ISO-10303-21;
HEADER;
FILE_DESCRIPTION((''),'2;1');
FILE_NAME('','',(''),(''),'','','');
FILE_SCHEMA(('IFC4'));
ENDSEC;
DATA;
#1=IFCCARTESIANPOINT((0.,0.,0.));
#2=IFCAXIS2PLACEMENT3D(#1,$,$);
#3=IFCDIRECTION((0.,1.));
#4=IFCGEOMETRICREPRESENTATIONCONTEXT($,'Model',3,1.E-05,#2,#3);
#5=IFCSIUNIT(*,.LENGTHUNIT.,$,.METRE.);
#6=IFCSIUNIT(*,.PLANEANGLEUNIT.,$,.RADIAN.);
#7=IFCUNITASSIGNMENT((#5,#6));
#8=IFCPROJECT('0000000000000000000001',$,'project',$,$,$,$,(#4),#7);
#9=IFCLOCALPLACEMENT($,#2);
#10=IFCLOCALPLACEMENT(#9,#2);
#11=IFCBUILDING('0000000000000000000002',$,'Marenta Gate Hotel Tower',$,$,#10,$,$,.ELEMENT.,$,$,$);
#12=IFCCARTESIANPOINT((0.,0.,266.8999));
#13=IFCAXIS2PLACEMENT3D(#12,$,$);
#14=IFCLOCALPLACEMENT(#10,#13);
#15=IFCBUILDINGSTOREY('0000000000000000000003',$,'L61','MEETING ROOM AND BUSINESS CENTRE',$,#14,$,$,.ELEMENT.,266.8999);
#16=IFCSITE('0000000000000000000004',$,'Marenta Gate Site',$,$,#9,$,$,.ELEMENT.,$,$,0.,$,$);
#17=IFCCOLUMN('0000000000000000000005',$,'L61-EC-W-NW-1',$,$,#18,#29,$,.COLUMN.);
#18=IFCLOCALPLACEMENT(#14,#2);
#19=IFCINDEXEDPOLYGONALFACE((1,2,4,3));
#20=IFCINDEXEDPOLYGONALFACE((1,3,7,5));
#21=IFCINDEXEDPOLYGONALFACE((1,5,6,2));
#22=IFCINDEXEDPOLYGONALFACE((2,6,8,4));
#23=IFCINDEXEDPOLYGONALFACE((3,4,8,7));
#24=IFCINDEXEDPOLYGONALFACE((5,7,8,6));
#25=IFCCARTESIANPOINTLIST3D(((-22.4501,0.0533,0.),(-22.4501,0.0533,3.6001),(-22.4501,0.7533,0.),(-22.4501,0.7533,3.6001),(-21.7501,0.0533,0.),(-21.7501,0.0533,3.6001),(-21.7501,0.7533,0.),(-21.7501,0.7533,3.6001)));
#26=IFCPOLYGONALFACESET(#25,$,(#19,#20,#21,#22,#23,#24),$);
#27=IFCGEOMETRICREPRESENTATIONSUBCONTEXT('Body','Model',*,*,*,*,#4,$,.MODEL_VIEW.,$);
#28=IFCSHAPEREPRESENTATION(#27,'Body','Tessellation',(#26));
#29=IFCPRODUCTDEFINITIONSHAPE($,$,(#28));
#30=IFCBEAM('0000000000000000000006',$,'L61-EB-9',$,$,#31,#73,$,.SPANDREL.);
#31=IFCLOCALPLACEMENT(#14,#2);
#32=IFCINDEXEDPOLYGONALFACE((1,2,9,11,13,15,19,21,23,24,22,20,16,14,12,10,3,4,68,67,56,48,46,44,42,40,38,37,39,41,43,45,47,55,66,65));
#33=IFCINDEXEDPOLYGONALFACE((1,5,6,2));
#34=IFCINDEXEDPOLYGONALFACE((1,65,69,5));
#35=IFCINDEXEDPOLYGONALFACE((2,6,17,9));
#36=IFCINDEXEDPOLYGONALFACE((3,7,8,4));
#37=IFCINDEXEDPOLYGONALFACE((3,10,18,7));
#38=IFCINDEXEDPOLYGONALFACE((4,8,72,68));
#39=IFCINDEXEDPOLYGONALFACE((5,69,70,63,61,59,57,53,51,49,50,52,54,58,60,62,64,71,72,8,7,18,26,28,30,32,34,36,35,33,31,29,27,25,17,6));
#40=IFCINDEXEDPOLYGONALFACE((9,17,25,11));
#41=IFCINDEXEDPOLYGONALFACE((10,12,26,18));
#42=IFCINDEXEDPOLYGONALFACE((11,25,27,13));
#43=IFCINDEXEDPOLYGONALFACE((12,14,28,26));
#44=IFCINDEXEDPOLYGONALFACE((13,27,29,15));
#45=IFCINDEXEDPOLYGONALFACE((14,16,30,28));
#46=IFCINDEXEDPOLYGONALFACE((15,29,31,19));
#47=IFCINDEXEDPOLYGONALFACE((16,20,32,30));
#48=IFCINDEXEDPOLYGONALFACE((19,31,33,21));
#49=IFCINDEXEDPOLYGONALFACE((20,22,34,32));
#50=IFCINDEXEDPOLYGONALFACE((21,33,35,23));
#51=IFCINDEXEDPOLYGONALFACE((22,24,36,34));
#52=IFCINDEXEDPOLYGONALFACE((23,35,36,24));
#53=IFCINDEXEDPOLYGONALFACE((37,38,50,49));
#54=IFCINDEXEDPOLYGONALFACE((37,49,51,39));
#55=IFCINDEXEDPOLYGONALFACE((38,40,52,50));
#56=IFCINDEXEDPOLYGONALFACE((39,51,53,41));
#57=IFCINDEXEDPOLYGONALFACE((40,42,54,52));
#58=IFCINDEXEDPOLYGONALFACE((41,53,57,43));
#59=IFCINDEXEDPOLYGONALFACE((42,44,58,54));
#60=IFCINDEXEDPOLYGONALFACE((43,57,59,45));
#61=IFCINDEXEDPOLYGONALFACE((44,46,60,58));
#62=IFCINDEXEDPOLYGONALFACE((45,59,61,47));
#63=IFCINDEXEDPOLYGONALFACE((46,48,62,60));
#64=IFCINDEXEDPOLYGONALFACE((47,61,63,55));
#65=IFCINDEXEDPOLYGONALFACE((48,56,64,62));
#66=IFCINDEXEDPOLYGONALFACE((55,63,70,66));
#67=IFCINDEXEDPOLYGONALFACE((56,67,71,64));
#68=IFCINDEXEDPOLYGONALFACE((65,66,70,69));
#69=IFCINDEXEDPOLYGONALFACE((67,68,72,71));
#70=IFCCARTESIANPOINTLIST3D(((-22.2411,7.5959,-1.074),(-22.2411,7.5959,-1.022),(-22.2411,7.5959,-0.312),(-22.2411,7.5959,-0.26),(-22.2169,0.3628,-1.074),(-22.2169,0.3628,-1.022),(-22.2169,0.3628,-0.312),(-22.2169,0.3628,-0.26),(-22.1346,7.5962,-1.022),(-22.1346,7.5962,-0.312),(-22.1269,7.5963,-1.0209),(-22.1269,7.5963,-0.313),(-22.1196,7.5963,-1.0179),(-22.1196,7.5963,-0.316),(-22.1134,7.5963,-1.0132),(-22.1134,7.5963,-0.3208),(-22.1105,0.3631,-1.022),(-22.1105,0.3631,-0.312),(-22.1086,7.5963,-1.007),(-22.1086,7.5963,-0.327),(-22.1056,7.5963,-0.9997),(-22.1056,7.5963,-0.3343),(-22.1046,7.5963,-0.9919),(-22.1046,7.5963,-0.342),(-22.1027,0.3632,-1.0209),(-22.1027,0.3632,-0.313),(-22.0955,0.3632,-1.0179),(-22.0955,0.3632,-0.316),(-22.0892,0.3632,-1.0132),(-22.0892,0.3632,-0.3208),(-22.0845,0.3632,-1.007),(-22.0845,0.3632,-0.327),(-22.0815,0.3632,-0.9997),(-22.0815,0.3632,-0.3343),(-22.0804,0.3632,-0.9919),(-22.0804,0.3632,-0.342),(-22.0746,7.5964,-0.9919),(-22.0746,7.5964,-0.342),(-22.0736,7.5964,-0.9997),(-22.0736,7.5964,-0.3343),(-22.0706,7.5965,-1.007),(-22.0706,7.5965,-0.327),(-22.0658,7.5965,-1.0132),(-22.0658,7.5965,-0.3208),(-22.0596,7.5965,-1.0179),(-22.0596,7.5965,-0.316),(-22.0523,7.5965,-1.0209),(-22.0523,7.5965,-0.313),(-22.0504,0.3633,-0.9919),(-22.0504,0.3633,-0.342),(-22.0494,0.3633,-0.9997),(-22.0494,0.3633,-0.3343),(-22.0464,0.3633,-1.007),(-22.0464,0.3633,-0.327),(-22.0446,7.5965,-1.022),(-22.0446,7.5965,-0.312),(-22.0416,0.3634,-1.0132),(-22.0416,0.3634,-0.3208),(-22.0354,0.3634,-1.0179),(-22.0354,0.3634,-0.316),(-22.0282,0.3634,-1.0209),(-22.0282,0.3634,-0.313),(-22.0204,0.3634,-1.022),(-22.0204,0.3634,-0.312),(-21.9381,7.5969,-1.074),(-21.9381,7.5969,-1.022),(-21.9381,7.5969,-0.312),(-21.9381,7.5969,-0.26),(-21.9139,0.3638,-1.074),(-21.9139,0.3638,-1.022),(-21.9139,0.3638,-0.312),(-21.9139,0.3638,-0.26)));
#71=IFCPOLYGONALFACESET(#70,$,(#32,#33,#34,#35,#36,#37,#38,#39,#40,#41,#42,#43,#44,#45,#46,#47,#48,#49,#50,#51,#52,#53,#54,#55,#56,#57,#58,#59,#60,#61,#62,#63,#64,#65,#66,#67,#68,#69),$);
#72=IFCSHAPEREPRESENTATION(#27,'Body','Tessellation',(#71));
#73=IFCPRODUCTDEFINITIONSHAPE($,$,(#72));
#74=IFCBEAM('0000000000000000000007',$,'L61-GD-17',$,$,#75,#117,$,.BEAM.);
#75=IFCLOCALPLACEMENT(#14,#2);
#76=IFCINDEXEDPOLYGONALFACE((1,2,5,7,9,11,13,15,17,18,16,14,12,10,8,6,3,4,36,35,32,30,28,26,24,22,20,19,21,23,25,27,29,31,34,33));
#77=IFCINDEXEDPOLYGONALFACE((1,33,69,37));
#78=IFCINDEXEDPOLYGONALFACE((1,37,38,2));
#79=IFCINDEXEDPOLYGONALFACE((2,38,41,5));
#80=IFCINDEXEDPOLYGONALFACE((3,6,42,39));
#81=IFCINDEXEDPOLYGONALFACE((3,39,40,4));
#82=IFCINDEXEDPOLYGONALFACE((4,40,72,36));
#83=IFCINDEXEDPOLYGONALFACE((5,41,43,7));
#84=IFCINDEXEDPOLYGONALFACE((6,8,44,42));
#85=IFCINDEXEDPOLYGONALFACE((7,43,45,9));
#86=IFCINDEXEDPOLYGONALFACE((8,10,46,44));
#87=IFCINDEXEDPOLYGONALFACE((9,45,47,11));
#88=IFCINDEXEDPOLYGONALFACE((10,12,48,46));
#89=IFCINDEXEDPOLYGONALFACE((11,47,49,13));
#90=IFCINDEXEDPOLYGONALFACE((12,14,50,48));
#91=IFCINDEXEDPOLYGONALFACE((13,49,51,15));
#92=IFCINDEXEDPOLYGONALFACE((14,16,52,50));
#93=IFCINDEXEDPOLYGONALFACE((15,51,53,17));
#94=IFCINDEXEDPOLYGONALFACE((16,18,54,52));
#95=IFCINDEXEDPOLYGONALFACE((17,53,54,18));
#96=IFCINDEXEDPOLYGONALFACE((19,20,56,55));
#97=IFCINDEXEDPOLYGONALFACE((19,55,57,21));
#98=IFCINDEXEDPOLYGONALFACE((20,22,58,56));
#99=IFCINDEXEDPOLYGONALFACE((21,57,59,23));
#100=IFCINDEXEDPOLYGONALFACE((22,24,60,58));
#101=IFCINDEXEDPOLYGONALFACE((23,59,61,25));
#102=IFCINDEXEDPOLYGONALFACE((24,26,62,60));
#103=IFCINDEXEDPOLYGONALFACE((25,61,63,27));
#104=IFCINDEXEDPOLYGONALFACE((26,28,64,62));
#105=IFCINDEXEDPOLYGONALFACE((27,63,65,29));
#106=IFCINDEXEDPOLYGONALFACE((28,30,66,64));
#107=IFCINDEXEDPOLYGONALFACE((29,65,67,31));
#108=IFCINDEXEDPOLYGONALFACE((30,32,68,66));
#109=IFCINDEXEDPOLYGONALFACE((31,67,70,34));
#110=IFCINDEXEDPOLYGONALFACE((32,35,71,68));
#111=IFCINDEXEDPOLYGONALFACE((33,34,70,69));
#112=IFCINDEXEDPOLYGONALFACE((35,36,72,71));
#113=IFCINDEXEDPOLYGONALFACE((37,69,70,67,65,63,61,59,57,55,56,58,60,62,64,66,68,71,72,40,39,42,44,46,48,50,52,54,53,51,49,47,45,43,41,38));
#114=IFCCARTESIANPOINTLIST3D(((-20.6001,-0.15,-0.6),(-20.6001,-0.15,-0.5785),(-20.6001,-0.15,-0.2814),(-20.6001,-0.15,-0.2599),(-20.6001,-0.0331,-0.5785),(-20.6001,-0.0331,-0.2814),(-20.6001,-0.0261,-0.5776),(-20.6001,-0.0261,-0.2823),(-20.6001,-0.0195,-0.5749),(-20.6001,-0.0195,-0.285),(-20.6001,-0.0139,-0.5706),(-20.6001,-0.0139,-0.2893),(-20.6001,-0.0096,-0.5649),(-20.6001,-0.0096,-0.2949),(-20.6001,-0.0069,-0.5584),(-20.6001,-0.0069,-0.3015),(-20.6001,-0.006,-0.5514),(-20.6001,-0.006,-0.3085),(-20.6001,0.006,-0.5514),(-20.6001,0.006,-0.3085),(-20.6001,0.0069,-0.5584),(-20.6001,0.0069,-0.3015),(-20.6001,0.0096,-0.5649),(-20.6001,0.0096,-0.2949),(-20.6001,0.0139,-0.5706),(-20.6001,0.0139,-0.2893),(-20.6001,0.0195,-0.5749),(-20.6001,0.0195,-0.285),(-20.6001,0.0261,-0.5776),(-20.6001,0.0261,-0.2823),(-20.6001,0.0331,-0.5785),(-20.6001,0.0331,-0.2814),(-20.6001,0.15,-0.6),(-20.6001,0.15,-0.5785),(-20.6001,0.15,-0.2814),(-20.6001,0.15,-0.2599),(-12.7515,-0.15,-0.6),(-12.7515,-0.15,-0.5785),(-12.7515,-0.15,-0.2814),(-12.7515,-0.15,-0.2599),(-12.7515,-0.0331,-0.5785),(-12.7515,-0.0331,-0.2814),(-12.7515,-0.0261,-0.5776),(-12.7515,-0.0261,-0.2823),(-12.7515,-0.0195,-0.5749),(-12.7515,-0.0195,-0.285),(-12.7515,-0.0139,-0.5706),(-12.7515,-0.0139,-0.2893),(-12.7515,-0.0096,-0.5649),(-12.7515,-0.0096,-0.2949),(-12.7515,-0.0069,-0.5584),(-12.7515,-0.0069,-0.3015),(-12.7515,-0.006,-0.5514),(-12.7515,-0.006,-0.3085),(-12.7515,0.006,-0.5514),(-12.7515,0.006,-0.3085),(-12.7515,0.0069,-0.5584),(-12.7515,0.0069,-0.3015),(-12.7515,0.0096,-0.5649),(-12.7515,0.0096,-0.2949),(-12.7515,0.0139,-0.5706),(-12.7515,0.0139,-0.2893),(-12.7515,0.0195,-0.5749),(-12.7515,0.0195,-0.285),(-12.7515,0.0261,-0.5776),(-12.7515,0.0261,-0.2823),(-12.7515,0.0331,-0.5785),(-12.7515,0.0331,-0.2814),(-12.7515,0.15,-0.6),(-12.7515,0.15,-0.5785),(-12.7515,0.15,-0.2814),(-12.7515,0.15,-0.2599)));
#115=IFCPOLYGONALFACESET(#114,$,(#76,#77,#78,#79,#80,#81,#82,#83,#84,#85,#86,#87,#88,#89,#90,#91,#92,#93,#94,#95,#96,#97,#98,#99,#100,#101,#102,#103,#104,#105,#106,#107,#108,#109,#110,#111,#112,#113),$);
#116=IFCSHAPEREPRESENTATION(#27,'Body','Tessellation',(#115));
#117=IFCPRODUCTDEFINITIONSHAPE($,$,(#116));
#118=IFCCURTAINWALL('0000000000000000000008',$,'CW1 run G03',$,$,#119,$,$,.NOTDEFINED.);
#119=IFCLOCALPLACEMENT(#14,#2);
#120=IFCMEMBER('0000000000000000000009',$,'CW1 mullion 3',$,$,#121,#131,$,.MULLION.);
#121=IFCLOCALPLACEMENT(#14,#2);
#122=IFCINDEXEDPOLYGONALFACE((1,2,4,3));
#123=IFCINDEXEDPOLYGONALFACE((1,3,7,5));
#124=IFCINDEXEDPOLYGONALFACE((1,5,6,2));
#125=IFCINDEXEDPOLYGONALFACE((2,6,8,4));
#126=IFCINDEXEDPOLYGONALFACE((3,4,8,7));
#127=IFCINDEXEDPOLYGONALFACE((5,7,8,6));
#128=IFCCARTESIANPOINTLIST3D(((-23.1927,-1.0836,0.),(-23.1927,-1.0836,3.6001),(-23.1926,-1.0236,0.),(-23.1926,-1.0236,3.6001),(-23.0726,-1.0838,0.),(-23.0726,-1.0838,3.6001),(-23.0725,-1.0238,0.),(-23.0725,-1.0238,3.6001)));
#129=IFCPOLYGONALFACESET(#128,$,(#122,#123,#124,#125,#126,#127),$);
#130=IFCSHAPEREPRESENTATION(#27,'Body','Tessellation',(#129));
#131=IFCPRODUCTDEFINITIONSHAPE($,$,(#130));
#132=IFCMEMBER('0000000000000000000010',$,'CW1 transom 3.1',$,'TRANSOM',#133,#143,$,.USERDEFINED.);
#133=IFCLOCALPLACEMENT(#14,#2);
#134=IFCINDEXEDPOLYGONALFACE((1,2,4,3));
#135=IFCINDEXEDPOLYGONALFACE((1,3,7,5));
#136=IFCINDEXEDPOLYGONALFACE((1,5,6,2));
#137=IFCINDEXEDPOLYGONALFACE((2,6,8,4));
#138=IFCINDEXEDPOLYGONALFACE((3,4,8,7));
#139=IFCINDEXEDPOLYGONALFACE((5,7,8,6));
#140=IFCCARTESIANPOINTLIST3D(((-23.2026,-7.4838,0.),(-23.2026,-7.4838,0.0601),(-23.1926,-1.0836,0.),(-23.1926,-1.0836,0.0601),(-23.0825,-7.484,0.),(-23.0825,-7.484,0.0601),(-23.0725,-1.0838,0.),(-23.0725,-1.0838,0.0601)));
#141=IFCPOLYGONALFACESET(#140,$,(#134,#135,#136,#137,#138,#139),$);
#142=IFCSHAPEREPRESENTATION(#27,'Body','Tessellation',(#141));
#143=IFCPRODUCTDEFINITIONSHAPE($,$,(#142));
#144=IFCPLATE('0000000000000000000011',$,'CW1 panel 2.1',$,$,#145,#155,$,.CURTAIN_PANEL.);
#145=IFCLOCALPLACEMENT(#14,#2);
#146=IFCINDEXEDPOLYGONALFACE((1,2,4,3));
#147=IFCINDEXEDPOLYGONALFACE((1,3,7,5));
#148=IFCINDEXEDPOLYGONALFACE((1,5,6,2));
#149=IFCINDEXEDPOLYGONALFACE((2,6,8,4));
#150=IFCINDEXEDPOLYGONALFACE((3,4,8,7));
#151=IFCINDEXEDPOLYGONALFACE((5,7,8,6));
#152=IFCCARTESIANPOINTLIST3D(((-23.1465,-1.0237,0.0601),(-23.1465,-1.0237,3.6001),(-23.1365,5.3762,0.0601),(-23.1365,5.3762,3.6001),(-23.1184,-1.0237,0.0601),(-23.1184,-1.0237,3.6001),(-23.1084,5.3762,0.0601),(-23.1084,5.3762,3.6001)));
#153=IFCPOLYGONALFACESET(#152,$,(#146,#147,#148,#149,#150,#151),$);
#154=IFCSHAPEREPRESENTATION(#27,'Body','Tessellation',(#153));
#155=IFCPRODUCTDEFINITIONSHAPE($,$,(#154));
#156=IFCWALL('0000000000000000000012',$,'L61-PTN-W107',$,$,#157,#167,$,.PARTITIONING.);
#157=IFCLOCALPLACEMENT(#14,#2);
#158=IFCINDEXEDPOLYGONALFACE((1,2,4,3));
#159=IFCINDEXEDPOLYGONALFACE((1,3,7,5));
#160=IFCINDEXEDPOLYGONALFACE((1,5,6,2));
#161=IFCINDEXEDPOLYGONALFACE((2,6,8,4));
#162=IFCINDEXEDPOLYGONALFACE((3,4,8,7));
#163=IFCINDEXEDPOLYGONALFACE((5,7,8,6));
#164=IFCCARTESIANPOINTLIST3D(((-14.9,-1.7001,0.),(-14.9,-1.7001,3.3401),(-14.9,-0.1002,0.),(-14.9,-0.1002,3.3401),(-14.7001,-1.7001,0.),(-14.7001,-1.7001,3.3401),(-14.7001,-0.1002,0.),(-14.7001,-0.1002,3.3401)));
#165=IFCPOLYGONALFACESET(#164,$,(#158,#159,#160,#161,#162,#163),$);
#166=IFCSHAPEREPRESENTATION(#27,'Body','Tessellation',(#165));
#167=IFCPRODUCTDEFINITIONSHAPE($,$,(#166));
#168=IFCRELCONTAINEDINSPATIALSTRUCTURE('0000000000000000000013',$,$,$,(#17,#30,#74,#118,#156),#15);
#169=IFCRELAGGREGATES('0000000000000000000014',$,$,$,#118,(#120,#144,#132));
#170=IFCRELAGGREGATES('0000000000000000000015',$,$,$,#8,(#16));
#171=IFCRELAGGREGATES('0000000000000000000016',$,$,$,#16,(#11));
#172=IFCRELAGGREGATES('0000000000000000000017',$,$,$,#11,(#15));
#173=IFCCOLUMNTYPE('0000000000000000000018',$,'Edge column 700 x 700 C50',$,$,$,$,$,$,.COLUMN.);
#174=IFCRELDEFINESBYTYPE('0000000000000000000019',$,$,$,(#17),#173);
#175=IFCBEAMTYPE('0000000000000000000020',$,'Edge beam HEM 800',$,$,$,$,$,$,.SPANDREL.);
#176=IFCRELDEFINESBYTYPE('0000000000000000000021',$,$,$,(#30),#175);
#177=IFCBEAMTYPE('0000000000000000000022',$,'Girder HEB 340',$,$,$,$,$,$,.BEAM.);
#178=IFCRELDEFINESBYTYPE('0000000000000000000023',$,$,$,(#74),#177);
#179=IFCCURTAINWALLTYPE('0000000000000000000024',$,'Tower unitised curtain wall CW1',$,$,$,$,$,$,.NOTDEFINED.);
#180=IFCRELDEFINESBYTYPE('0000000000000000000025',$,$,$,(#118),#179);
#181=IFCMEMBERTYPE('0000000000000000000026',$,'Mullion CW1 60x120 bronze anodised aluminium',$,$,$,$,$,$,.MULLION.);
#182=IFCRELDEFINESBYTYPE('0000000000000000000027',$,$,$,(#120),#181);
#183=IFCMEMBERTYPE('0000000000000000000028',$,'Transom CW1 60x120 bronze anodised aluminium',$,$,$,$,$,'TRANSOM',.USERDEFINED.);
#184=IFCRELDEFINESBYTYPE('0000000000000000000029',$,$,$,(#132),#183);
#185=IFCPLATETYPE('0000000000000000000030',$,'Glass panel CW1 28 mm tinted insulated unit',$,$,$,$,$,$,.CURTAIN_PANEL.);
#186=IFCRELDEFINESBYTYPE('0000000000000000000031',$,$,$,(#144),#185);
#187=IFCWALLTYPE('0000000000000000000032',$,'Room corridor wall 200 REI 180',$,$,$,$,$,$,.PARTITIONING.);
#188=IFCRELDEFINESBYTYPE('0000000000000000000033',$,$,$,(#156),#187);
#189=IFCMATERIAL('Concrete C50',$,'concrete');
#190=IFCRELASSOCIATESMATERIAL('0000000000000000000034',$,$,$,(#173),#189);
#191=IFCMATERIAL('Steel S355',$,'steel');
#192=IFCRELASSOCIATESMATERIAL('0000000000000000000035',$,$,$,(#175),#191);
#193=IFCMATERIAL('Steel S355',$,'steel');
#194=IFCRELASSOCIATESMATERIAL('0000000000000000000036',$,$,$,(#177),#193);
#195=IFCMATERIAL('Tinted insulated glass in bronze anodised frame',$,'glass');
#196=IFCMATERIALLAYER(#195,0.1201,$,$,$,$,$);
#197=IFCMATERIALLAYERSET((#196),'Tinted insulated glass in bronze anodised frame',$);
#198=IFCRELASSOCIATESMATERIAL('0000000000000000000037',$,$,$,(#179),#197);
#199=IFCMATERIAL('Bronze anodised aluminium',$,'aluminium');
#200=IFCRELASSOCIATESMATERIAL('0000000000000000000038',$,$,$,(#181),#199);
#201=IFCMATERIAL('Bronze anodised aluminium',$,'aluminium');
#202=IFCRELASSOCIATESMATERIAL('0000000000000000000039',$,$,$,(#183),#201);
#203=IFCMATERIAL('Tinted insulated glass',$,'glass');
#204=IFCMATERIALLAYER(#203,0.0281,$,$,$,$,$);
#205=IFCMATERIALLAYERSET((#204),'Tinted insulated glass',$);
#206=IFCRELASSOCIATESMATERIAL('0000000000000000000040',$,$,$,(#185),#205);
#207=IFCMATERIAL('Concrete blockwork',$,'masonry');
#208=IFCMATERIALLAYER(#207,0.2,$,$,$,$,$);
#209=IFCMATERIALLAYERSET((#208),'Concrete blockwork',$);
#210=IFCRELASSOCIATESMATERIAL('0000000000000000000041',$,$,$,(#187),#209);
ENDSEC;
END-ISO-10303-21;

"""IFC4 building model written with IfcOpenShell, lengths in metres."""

from ifc_helpers import new_model, si_unit, direction, frame, frame_2d, origin, origin_2d, place, context, subcontext, project, spatial, rectangle, i_section, extrude, material, layer, layer_set, material_profile, profile_set, type_object, element, aggregate, save


model = new_model("IFC4")

# Units and contexts
model_context = context("Model", 3, precision=1e-05, world=origin(), true_north=direction((0.0, 1.0)))
body_context = subcontext(model_context, "Body", "Model", "MODEL_VIEW")
ifc_project = project(units=[si_unit("LENGTHUNIT", "METRE"), si_unit("PLANEANGLEUNIT", "RADIAN")], contexts=[model_context])

# Site, building, storey
site_placement = place(None, origin())
site = spatial("IfcSite", under=ifc_project, at=site_placement, Name="Marenta Gate Site", CompositionType="ELEMENT", RefElevation=0.0)
building_placement = place(site_placement, origin())
building = spatial("IfcBuilding", under=site, at=building_placement, Name="Marenta Gate Hotel Tower", CompositionType="ELEMENT")
storey_placement = place(building_placement, frame((0.0, 0.0, 266.8999)))
storey = spatial("IfcBuildingStorey", under=building, at=storey_placement, Name="L61", Description="MEETING ROOM AND BUSINESS CENTRE", CompositionType="ELEMENT", Elevation=266.8999)

# Column
ifc_material_1 = material(Name="Concrete C50", Category="concrete")
ifc_material_profile_1 = material_profile(ifc_material_1, rectangle(XDim=0.7, YDim=0.7, at=origin_2d()), Name="700 x 700")
ifc_profile_set_1 = profile_set([ifc_material_profile_1], Name="Concrete C50")
column_type = type_object("IfcColumnType", Name="Edge column 700 x 700 C50", PredefinedType="COLUMN", material=ifc_profile_set_1)
column_placement = place(storey_placement, frame((-22.1001, 0.4033, 0.0), z_axis=(0.0, 0.0, 1.0), x_axis=(1.0, 0.0, 0.0)))
element("IfcColumn", 1, at=column_placement, inside=storey, type_object=column_type, Name="L61-EC-W-NW-1", PredefinedType="COLUMN", context=body_context, shape_type="SweptSolid", body=[
    extrude(rectangle(XDim=0.7, YDim=0.7, at=origin_2d()), origin(), (0.0, 0.0, 1.0), 3.6001),
])

# Beams
ifc_material_2 = material(Name="Steel S355", Category="steel")
ifc_material_profile_2 = material_profile(ifc_material_2, i_section(OverallWidth=0.303, OverallDepth=0.814, WebThickness=0.03, FlangeThickness=0.052, FilletRadius=0.03, at=origin_2d()), Name="HEM 800")
ifc_profile_set_2 = profile_set([ifc_material_profile_2], Name="Steel S355")
beam_type_1 = type_object("IfcBeamType", Name="Edge beam HEM 800", PredefinedType="SPANDREL", material=ifc_profile_set_2)
beam_1_placement = place(storey_placement, frame((-22.0654, 0.3633, -0.667), z_axis=(-0.003342, 0.999994, 0.0), x_axis=(-0.999994, -0.003342, 0.0)))
element("IfcBeam", 2, at=beam_1_placement, inside=storey, type_object=beam_type_1, Name="L61-EB-9", PredefinedType="SPANDREL", context=body_context, shape_type="SweptSolid", body=[
    extrude(i_section(OverallWidth=0.303, OverallDepth=0.814, WebThickness=0.03, FlangeThickness=0.052, FilletRadius=0.03, at=origin_2d()), origin(), (0.0, 0.0, 1.0), 7.2332),
])
ifc_material_3 = material(Name="Steel S355", Category="steel")
ifc_material_profile_3 = material_profile(ifc_material_3, i_section(OverallWidth=0.3, OverallDepth=0.3401, WebThickness=0.012, FlangeThickness=0.0215, FilletRadius=0.0271, at=origin_2d()), Name="HEB 340")
ifc_profile_set_3 = profile_set([ifc_material_profile_3], Name="Steel S355")
beam_type_2 = type_object("IfcBeamType", Name="Girder HEB 340", PredefinedType="BEAM", material=ifc_profile_set_3)
beam_2_placement = place(storey_placement, frame((-20.6001, 0.0, -0.4299), z_axis=(1.0, 0.0, 0.0), x_axis=(0.0, 1.0, 0.0)))
element("IfcBeam", 3, at=beam_2_placement, inside=storey, type_object=beam_type_2, Name="L61-GD-17", PredefinedType="BEAM", context=body_context, shape_type="SweptSolid", body=[
    extrude(i_section(OverallWidth=0.3, OverallDepth=0.3401, WebThickness=0.012, FlangeThickness=0.0215, FilletRadius=0.0271, at=origin_2d()), origin(), (0.0, 0.0, 1.0), 7.8486),
])

# Curtain wall, members, plate
ifc_material_4 = material(Name="Tinted insulated glass in bronze anodised frame", Category="glass")
ifc_layer_1 = layer(ifc_material_4, 0.1201)
ifc_layer_set_1 = layer_set([ifc_layer_1], Name="Tinted insulated glass in bronze anodised frame")
curtain_wall_type = type_object("IfcCurtainWallType", Name="Tower unitised curtain wall CW1", PredefinedType="NOTDEFINED", material=ifc_layer_set_1)
curtain_wall_placement = place(storey_placement, origin())
curtain_wall = element("IfcCurtainWall", 4, at=curtain_wall_placement, inside=storey, type_object=curtain_wall_type, Name="CW1 run G03", PredefinedType="NOTDEFINED")
ifc_material_5 = material(Name="Bronze anodised aluminium", Category="aluminium")
ifc_material_profile_4 = material_profile(ifc_material_5, rectangle(XDim=0.1201, YDim=0.0601, at=origin_2d()), Name="Mullion CW1 60x120 bronze anodised aluminium")
ifc_profile_set_4 = profile_set([ifc_material_profile_4], Name="Bronze anodised aluminium")
member_type_1 = type_object("IfcMemberType", Name="Mullion CW1 60x120 bronze anodised aluminium", PredefinedType="MULLION", material=ifc_profile_set_4)
member_1_placement = place(storey_placement, frame((-23.1326, -1.0537, 0.0), z_axis=(0.0, 0.0, 1.0), x_axis=(0.999999, -0.001566, 0.0)))
member_1 = element("IfcMember", 5, at=member_1_placement, type_object=member_type_1, Name="CW1 mullion 3", PredefinedType="MULLION", context=body_context, shape_type="SweptSolid", body=[
    extrude(rectangle(XDim=0.1201, YDim=0.0601, at=origin_2d()), origin(), (0.0, 0.0, 1.0), 3.6001),
])
ifc_material_6 = material(Name="Bronze anodised aluminium", Category="aluminium")
ifc_material_profile_5 = material_profile(ifc_material_6, rectangle(XDim=0.1201, YDim=0.0601, at=origin_2d()), Name="Transom CW1 60x120 bronze anodised aluminium")
ifc_profile_set_5 = profile_set([ifc_material_profile_5], Name="Bronze anodised aluminium")
member_type_2 = type_object("IfcMemberType", Name="Transom CW1 60x120 bronze anodised aluminium", ElementType="TRANSOM", PredefinedType="USERDEFINED", material=ifc_profile_set_5)
member_2_placement = place(storey_placement, frame((-23.1326, -1.0837, 0.03), z_axis=(-0.001564, -0.999999, 0.0), x_axis=(0.999999, -0.001564, 0.0)))
member_2 = element("IfcMember", 6, at=member_2_placement, type_object=member_type_2, Name="CW1 transom 3.1", ObjectType="TRANSOM", PredefinedType="USERDEFINED", context=body_context, shape_type="SweptSolid", body=[
    extrude(rectangle(XDim=0.1201, YDim=0.0601, at=origin_2d()), origin(), (0.0, 0.0, 1.0), 6.4001),
])
ifc_material_7 = material(Name="Tinted insulated glass", Category="glass")
ifc_layer_2 = layer(ifc_material_7, 0.0281)
ifc_layer_set_2 = layer_set([ifc_layer_2], Name="Tinted insulated glass")
plate_type = type_object("IfcPlateType", Name="Glass panel CW1 28 mm tinted insulated unit", PredefinedType="CURTAIN_PANEL", material=ifc_layer_set_2)
plate_placement = place(storey_placement, frame((-23.1274, 2.1763, 0.0601), z_axis=(0.0, 0.0, 1.0), x_axis=(-0.001566, -0.999999, 0.0)))
plate = element("IfcPlate", 7, at=plate_placement, type_object=plate_type, Name="CW1 panel 2.1", PredefinedType="CURTAIN_PANEL", context=body_context, shape_type="SweptSolid", body=[
    extrude(rectangle(XDim=6.3999, YDim=0.0281, at=origin_2d()), origin(), (0.0, 0.0, 1.0), 3.54),
])
aggregate(curtain_wall, [member_1, plate, member_2])

# Wall
ifc_material_8 = material(Name="Concrete blockwork", Category="masonry")
ifc_layer_3 = layer(ifc_material_8, 0.2)
ifc_layer_set_3 = layer_set([ifc_layer_3], Name="Concrete blockwork")
wall_type_1 = type_object("IfcWallType", Name="Room corridor wall 200 REI 180", PredefinedType="PARTITIONING", material=ifc_layer_set_3)
wall_1_placement = place(storey_placement, frame((-14.8, -1.7, 0.0), z_axis=(0.0, 0.0, 1.0), x_axis=(0.0, 1.0, 0.0)))
element("IfcWall", 8, at=wall_1_placement, inside=storey, type_object=wall_type_1, Name="L61-PTN-W107", PredefinedType="PARTITIONING", context=body_context, shape_type="SweptSolid", body=[
    extrude(rectangle(XDim=1.5999, YDim=0.2, at=frame_2d((0.7998, 0.0))), origin(), (0.0, 0.0, 1.0), 3.3401),
])

save(model, "model.ifc")
